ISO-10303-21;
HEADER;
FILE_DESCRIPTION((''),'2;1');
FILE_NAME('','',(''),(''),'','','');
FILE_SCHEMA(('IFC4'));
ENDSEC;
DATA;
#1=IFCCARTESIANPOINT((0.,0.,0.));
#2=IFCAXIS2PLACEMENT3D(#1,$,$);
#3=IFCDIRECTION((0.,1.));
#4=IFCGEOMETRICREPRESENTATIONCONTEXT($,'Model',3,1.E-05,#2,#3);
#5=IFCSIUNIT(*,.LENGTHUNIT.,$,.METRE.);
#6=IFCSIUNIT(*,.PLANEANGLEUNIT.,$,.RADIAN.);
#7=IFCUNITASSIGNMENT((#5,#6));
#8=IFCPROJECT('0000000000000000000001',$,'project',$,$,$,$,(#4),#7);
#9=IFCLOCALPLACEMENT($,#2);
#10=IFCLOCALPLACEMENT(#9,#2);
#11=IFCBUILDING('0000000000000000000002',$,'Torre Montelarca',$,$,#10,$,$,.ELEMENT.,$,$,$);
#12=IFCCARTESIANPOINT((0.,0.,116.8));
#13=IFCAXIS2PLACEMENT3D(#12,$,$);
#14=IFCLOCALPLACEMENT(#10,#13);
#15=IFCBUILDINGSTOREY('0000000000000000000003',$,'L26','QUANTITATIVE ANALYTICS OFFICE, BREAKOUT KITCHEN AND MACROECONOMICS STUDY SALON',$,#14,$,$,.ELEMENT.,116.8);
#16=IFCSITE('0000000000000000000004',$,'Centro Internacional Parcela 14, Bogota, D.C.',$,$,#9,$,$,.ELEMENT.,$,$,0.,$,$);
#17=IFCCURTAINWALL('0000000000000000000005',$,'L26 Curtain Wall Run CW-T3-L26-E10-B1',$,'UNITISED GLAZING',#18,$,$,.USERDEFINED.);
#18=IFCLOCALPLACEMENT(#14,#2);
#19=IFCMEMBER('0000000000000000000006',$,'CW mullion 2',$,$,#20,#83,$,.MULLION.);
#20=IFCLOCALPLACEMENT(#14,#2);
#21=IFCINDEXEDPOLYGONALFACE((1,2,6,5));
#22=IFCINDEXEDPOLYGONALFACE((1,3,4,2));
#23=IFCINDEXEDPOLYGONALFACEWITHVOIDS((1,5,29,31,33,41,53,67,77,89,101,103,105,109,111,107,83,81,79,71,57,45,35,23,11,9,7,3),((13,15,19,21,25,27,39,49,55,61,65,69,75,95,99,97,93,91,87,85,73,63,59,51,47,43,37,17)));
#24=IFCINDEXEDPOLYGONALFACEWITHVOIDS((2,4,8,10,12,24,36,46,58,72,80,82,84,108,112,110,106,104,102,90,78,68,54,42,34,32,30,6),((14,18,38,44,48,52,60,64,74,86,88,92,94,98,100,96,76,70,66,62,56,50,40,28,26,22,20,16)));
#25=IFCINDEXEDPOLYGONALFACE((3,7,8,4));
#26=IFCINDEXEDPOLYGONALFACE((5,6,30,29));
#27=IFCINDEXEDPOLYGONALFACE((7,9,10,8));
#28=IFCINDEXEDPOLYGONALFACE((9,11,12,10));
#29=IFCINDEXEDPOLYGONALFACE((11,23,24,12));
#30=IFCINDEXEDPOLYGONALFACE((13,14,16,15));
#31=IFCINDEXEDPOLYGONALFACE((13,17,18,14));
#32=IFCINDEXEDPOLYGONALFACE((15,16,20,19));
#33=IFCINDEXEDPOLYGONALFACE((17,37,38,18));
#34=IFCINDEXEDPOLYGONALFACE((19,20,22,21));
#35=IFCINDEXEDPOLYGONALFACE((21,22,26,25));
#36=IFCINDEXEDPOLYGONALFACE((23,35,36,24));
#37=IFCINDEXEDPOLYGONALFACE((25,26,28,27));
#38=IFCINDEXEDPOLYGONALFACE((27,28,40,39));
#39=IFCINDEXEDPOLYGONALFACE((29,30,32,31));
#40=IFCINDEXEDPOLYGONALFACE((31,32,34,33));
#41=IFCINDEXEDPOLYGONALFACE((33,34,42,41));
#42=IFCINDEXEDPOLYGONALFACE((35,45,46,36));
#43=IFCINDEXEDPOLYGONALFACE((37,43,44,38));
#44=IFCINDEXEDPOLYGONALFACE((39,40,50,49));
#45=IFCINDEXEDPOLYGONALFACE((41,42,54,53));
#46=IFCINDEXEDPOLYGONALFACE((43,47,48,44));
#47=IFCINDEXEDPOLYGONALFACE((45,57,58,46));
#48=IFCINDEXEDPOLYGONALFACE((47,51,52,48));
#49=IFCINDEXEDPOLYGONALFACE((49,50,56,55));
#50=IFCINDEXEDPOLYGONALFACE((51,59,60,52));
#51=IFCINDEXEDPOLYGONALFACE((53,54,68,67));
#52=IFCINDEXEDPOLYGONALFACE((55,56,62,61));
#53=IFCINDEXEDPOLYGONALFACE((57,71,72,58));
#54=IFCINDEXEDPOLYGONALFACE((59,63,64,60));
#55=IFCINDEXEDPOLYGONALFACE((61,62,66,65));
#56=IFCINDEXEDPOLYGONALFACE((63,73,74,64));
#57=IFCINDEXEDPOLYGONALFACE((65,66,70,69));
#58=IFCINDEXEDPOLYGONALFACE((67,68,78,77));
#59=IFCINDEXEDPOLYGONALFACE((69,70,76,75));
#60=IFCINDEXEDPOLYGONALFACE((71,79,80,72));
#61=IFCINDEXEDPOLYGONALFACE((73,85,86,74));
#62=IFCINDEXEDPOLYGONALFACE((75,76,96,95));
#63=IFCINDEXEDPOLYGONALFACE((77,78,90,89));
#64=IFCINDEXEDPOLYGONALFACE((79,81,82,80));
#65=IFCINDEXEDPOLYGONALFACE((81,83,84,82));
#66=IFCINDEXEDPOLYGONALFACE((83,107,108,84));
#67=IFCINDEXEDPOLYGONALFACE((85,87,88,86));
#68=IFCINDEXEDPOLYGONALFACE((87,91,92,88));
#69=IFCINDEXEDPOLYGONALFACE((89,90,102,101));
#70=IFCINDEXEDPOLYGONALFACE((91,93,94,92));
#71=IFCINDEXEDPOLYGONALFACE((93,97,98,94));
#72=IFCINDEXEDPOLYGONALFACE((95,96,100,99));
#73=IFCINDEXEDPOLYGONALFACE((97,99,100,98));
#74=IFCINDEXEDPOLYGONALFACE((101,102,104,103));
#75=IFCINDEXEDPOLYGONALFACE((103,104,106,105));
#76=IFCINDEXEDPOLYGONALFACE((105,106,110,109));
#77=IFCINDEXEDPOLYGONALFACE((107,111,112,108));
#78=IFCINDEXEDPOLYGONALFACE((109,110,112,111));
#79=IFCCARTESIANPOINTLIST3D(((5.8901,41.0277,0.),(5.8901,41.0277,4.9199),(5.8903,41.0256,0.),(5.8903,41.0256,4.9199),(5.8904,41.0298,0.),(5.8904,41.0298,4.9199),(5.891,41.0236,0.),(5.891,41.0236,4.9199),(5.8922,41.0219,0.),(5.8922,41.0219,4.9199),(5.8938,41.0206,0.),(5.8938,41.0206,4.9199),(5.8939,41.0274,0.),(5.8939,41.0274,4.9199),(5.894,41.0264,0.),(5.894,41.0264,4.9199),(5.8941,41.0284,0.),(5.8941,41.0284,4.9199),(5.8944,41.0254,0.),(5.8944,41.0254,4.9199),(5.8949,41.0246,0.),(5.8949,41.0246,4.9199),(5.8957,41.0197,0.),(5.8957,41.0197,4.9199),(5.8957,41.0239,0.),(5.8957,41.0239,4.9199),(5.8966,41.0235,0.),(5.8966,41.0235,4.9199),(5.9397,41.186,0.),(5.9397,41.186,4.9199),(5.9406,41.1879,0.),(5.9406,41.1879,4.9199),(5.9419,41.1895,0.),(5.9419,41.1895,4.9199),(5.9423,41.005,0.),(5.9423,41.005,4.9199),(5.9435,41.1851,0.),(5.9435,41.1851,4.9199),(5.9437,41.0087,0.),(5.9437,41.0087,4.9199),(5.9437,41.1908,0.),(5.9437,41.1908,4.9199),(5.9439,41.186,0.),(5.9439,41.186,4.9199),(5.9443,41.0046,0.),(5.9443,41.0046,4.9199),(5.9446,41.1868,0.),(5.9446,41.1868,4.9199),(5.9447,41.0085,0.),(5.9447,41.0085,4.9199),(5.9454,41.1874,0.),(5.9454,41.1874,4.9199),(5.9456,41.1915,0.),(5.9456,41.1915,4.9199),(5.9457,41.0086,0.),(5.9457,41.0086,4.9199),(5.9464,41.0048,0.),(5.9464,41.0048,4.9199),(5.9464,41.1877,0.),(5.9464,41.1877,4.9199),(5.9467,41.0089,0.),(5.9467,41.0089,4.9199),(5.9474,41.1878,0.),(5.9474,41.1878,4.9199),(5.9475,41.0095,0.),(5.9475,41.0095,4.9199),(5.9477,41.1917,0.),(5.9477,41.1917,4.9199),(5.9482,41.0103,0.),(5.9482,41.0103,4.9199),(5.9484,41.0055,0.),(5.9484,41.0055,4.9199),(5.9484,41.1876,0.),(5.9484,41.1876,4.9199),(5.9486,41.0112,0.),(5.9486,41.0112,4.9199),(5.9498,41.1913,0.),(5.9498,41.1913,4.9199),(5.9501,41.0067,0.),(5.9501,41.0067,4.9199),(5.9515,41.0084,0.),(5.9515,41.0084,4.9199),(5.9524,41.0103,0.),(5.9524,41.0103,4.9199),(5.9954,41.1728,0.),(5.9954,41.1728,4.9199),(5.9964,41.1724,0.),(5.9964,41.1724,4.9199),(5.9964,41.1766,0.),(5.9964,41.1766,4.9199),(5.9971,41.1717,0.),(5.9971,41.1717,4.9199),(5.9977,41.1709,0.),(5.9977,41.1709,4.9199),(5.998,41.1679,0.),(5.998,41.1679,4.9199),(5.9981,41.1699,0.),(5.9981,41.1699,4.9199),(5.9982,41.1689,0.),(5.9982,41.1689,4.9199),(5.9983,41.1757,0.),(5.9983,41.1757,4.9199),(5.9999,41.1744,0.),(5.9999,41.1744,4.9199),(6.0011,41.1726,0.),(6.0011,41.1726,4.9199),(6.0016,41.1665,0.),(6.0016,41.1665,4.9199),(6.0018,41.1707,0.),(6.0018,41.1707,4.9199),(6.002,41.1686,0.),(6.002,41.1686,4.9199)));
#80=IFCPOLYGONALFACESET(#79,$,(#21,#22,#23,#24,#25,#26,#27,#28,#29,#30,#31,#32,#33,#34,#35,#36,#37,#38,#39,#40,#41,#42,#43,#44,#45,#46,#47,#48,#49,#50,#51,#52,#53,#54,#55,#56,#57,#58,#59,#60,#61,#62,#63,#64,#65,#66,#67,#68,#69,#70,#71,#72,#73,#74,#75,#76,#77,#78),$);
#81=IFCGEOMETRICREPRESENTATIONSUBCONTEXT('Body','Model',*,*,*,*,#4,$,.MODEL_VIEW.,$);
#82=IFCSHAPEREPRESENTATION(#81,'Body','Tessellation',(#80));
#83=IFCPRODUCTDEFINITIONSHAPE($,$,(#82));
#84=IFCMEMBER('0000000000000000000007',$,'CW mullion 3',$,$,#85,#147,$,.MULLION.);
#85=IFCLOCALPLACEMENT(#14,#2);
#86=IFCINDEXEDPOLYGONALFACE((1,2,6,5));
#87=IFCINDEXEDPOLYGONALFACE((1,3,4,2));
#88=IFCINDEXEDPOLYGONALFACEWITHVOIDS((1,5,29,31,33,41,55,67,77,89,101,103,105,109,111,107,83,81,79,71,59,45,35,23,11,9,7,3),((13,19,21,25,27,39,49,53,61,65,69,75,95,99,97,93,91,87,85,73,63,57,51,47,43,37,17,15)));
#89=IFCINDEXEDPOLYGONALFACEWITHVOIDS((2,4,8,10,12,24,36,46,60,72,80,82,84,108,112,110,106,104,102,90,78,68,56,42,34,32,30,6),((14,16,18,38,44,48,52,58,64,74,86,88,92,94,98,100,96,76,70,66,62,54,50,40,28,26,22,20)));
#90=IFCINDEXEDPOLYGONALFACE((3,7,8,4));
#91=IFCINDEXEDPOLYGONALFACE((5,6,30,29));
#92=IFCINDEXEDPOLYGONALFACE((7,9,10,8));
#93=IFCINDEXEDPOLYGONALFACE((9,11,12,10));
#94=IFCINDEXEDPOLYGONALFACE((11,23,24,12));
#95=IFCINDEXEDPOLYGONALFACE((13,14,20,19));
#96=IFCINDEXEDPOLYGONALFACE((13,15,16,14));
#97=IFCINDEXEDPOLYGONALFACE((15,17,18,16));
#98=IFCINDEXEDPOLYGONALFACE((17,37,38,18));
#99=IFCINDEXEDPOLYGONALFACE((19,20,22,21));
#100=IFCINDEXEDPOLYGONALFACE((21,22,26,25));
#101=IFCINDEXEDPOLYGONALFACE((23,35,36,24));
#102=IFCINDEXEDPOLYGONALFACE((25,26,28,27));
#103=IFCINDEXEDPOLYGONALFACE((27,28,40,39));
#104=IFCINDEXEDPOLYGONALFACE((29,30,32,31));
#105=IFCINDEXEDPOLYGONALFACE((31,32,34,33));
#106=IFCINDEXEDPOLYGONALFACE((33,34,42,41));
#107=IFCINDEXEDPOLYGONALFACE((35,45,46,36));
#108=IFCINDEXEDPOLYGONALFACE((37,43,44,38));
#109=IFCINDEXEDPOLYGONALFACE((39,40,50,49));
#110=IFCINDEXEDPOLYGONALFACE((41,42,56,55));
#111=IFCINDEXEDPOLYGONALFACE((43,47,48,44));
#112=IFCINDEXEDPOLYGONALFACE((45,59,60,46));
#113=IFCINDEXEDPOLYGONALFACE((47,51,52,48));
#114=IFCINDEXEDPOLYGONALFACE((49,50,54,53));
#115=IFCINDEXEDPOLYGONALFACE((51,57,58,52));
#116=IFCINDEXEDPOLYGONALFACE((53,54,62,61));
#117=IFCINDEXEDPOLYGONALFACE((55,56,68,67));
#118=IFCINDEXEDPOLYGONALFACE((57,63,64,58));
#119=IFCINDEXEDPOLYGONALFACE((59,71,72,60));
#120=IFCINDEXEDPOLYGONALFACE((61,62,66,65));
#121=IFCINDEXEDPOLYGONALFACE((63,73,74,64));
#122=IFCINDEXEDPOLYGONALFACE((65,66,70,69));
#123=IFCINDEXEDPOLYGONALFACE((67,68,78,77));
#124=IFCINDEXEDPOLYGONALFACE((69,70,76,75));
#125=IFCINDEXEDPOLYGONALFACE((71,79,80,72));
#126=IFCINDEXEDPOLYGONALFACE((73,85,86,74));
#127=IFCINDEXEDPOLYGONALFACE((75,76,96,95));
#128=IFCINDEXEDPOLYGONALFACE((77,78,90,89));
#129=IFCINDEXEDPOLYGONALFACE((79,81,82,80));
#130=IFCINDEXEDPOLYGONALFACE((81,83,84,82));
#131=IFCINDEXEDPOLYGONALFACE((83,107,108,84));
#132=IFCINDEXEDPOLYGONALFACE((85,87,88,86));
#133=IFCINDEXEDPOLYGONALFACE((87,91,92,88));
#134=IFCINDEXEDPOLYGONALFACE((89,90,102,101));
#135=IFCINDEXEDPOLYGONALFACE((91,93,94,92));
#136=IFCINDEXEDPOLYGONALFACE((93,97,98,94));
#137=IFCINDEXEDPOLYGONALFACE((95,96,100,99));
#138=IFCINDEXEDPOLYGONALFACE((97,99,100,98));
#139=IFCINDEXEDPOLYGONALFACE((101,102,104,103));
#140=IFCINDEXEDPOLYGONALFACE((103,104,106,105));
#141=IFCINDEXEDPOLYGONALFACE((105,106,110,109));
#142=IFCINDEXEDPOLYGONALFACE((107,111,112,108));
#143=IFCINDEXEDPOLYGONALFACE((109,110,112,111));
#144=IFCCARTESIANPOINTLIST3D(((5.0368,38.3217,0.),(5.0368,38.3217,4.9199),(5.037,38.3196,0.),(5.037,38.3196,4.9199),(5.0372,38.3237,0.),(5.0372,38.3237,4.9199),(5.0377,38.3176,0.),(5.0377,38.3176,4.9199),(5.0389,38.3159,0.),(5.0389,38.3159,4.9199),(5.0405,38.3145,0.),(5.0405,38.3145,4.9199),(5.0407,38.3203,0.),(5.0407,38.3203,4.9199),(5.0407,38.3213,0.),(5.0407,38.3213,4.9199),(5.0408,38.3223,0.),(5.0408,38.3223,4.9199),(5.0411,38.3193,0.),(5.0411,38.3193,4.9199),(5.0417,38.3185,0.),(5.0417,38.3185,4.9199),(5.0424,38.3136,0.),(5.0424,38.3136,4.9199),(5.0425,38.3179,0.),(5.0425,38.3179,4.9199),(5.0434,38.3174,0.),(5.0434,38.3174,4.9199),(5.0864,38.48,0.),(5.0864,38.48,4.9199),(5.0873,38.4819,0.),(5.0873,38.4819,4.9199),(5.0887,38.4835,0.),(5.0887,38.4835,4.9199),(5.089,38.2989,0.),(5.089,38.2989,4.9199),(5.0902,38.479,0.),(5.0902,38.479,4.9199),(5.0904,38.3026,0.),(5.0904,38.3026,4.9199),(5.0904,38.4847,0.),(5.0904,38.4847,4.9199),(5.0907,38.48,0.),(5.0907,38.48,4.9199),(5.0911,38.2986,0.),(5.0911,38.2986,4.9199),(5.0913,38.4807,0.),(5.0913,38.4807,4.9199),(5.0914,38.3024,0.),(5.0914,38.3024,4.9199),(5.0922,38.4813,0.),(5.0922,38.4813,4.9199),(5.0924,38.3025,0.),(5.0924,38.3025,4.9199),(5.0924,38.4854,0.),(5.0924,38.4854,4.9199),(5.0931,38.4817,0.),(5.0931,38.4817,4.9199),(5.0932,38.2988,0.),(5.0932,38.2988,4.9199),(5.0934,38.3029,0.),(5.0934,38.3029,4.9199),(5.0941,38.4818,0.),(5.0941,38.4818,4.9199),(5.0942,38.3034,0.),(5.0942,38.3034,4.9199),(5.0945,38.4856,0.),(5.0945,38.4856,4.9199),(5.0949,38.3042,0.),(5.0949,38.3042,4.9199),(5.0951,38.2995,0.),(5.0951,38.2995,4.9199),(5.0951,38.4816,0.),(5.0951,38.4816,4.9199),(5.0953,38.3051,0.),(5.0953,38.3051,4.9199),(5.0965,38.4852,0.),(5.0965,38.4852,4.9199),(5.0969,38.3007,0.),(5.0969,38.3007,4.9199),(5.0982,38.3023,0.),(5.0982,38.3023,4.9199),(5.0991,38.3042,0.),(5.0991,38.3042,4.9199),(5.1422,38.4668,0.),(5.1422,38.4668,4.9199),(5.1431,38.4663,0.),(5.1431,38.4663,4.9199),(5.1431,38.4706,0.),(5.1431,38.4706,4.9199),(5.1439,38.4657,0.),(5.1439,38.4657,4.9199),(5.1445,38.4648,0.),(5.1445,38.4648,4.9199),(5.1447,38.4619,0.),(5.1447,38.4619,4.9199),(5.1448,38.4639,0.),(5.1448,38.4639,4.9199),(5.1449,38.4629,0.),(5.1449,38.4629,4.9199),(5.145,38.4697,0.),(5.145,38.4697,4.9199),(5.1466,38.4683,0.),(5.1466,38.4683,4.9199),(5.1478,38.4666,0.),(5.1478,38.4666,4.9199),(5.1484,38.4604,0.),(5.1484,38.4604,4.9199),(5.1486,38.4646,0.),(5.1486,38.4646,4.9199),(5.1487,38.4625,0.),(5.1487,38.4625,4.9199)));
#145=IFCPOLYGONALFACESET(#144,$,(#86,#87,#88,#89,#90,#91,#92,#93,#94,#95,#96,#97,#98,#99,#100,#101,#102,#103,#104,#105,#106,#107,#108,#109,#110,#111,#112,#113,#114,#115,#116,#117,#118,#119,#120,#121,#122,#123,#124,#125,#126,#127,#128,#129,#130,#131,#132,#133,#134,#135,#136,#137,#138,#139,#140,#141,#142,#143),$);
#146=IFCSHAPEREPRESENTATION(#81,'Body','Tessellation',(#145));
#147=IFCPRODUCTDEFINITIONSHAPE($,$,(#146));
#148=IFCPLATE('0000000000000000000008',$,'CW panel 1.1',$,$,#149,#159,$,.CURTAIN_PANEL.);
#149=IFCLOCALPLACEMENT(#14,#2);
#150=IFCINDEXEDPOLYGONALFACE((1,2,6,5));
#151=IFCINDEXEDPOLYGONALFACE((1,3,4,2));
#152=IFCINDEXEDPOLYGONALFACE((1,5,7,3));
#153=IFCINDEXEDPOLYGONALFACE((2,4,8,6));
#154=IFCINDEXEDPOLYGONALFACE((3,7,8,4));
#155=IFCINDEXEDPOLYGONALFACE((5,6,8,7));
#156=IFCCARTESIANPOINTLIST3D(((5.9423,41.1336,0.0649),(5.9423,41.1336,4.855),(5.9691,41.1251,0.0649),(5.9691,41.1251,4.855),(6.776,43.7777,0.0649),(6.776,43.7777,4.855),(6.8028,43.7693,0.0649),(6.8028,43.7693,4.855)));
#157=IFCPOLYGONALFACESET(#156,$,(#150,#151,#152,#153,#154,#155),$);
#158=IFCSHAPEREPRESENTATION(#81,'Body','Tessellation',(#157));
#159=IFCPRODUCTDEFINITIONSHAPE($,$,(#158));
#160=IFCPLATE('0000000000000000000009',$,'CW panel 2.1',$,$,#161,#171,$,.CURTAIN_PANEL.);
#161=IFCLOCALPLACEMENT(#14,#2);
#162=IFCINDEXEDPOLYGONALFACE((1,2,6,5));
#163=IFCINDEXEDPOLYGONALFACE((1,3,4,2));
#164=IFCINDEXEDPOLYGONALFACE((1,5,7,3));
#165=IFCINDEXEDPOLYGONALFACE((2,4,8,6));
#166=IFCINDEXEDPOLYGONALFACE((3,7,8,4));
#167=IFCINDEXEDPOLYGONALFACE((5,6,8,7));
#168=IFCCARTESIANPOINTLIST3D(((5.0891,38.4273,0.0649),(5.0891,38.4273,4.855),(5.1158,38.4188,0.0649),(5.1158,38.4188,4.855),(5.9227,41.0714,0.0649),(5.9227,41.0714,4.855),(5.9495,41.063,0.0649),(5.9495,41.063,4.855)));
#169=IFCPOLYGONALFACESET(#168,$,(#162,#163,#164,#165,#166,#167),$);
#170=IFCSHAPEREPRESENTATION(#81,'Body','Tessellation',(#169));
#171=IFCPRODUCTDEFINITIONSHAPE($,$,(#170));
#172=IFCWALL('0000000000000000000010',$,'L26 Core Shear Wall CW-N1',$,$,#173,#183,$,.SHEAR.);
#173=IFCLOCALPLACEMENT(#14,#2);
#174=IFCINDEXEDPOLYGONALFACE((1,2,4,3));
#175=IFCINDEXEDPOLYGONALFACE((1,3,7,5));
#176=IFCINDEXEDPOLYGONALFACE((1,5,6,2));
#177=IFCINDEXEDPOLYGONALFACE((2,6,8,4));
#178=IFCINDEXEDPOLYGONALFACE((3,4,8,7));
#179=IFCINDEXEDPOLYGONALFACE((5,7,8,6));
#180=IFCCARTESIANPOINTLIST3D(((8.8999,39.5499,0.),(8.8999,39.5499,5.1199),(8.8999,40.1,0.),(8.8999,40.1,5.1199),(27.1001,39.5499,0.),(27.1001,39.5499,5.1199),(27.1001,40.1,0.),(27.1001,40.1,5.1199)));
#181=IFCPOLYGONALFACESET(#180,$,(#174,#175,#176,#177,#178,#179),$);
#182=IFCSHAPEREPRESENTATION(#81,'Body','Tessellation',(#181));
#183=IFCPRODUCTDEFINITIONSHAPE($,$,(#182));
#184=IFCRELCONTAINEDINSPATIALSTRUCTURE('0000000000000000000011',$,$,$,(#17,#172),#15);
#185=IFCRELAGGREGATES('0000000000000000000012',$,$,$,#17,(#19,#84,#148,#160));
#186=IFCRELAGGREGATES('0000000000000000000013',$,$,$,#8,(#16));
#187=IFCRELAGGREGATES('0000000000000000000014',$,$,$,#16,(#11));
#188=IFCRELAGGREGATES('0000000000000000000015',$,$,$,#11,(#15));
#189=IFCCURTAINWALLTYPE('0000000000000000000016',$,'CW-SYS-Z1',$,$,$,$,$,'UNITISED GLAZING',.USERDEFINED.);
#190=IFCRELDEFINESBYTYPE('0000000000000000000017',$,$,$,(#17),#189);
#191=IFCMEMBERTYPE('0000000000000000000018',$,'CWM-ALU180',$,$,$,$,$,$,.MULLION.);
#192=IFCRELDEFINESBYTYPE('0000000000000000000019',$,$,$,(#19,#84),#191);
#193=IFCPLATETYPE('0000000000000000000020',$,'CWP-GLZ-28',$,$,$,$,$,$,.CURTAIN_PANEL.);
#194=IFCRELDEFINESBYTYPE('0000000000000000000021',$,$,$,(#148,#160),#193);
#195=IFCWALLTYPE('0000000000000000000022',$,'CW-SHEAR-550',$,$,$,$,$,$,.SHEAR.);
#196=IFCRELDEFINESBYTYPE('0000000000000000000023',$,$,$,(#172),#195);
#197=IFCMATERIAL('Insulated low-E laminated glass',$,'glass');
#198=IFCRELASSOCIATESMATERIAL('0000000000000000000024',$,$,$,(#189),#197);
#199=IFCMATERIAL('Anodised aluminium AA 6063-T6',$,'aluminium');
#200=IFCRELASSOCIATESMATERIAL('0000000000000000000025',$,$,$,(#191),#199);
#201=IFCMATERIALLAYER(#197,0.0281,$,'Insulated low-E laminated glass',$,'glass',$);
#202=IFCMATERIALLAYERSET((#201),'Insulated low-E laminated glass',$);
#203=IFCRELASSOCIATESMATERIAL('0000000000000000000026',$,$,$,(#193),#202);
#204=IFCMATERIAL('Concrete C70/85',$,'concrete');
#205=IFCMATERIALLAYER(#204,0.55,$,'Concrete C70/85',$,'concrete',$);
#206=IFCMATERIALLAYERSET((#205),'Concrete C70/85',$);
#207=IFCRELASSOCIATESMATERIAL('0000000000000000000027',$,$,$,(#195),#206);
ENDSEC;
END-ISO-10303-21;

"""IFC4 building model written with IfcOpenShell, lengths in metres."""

from ifc_helpers import new_model, si_unit, direction, frame, frame_2d, origin, origin_2d, place, context, subcontext, project, spatial, rectangle, hollow_rectangle, extrude, source, transform, mapped, material, layer, layer_set, material_profile, profile_set, type_object, element, aggregate, save


model = new_model("IFC4")

# Units and contexts
model_context = context("Model", 3, precision=1e-05, world=origin(), true_north=direction((0.0, 1.0)))
body_context = subcontext(model_context, "Body", "Model", "MODEL_VIEW")
ifc_project = project(units=[si_unit("LENGTHUNIT", "METRE"), si_unit("PLANEANGLEUNIT", "RADIAN")], contexts=[model_context])

# Site, building, storey
site_placement = place(None, origin())
site = spatial("IfcSite", under=ifc_project, at=site_placement, Name="Centro Internacional Parcela 14, Bogota, D.C.", CompositionType="ELEMENT", RefElevation=0.0)
building_placement = place(site_placement, origin())
building = spatial("IfcBuilding", under=site, at=building_placement, Name="Torre Montelarca", CompositionType="ELEMENT")
storey_placement = place(building_placement, frame((0.0, 0.0, 116.8)))
storey = spatial("IfcBuildingStorey", under=building, at=storey_placement, Name="L26", Description="QUANTITATIVE ANALYTICS OFFICE, BREAKOUT KITCHEN AND MACROECONOMICS STUDY SALON", CompositionType="ELEMENT", Elevation=116.8)

# Curtain wall
ifc_material_1 = material(Name="Insulated low-E laminated glass", Category="glass")
curtain_wall_type = type_object("IfcCurtainWallType", Name="CW-SYS-Z1", ElementType="UNITISED GLAZING", PredefinedType="USERDEFINED", material=ifc_material_1)
curtain_wall_1_placement = place(storey_placement, origin())
curtain_wall_1 = element("IfcCurtainWall", 1, at=curtain_wall_1_placement, inside=storey, type_object=curtain_wall_type, Name="L26 Curtain Wall Run CW-T3-L26-E10-B1", ObjectType="UNITISED GLAZING", PredefinedType="USERDEFINED")
ifc_material_2 = material(Name="Anodised aluminium AA 6063-T6", Category="aluminium")

# Shared definitions
ifc_material_profile_1 = material_profile(ifc_material_2, hollow_rectangle(XDim=0.0649, YDim=0.1799, WallThickness=0.0039, InnerFilletRadius=0.0039, OuterFilletRadius=0.0081, at=origin_2d()), Name="ALU65X180X4", Category="aluminium")
ifc_profile_set_1 = profile_set([ifc_material_profile_1], Name="Anodised aluminium AA 6063-T6")
member_type_1 = type_object("IfcMemberType", Name="CWM-ALU180", PredefinedType="MULLION", material=ifc_profile_set_1)
shared_shape_1 = source(origin(), body_context, "Body", "SweptSolid", [
    extrude(hollow_rectangle(XDim=0.0649, YDim=0.1799, WallThickness=0.0039, InnerFilletRadius=0.0039, OuterFilletRadius=0.0081, at=origin_2d()), origin(), (0.0, 0.0, 1.0), 4.9199),
])

# Members
member_1_placement = place(storey_placement, frame((5.946, 41.0981, 0.0), z_axis=(0.0, 0.0, 1.0), x_axis=(0.953719, -0.300699, 0.0)))
member_1 = element("IfcMember", 2, at=member_1_placement, type_object=member_type_1, Name="CW mullion 2", PredefinedType="MULLION", context=body_context, shape_type="MappedRepresentation", body=[
    mapped(shared_shape_1, transform((0.0, 0.0, 0.0), scale=1.0)),
])
member_2_placement = place(storey_placement, frame((5.0928, 38.3921, 0.0), z_axis=(0.0, 0.0, 1.0), x_axis=(0.953719, -0.300699, 0.0)))
member_2 = element("IfcMember", 3, at=member_2_placement, type_object=member_type_1, Name="CW mullion 3", PredefinedType="MULLION", context=body_context, shape_type="MappedRepresentation", body=[
    mapped(shared_shape_1, transform((0.0, 0.0, 0.0), scale=1.0)),
])

# Plates
ifc_layer_1 = layer(ifc_material_1, 0.0281, Name="Insulated low-E laminated glass", Category="glass")
ifc_layer_set_1 = layer_set([ifc_layer_1], Name="Insulated low-E laminated glass")
plate_type = type_object("IfcPlateType", Name="CWP-GLZ-28", PredefinedType="CURTAIN_PANEL", material=ifc_layer_set_1)
shared_shape_2 = source(origin(), body_context, "Body", "SweptSolid", [
    extrude(rectangle(XDim=2.7725, YDim=0.0281, at=origin_2d()), origin(), (0.0, 0.0, 1.0), 4.79),
])
plate_1_placement = place(storey_placement, frame((6.3726, 42.4514, 0.0649), z_axis=(0.0, 0.0, 1.0), x_axis=(-0.300699, -0.953719, 0.0)))
plate_1 = element("IfcPlate", 4, at=plate_1_placement, type_object=plate_type, Name="CW panel 1.1", PredefinedType="CURTAIN_PANEL", context=body_context, shape_type="MappedRepresentation", body=[
    mapped(shared_shape_2, transform((0.0, 0.0, 0.0), scale=1.0)),
])
plate_2_placement = place(storey_placement, frame((5.5193, 39.7451, 0.0649), z_axis=(0.0, 0.0, 1.0), x_axis=(-0.300699, -0.953719, 0.0)))
plate_2 = element("IfcPlate", 5, at=plate_2_placement, type_object=plate_type, Name="CW panel 2.1", PredefinedType="CURTAIN_PANEL", context=body_context, shape_type="MappedRepresentation", body=[
    mapped(shared_shape_2, transform((0.0, 0.0, 0.0), scale=1.0)),
])
aggregate(curtain_wall_1, [member_1, member_2, plate_1, plate_2])

# Wall
ifc_material_3 = material(Name="Concrete C70/85", Category="concrete")
ifc_layer_2 = layer(ifc_material_3, 0.55, Name="Concrete C70/85", Category="concrete")
ifc_layer_set_2 = layer_set([ifc_layer_2], Name="Concrete C70/85")
wall_type_1 = type_object("IfcWallType", Name="CW-SHEAR-550", PredefinedType="SHEAR", material=ifc_layer_set_2)
wall_1_placement = place(storey_placement, frame((8.8999, 39.825, 0.0), z_axis=(0.0, 0.0, 1.0), x_axis=(1.0, 0.0, 0.0)))
element("IfcWall", 6, at=wall_1_placement, inside=storey, type_object=wall_type_1, Name="L26 Core Shear Wall CW-N1", PredefinedType="SHEAR", context=body_context, shape_type="SweptSolid", body=[
    extrude(rectangle(XDim=18.2002, YDim=0.55, at=frame_2d((9.1001, 0.0))), origin(), (0.0, 0.0, 1.0), 5.1199),
])

save(model, "model.ifc")
